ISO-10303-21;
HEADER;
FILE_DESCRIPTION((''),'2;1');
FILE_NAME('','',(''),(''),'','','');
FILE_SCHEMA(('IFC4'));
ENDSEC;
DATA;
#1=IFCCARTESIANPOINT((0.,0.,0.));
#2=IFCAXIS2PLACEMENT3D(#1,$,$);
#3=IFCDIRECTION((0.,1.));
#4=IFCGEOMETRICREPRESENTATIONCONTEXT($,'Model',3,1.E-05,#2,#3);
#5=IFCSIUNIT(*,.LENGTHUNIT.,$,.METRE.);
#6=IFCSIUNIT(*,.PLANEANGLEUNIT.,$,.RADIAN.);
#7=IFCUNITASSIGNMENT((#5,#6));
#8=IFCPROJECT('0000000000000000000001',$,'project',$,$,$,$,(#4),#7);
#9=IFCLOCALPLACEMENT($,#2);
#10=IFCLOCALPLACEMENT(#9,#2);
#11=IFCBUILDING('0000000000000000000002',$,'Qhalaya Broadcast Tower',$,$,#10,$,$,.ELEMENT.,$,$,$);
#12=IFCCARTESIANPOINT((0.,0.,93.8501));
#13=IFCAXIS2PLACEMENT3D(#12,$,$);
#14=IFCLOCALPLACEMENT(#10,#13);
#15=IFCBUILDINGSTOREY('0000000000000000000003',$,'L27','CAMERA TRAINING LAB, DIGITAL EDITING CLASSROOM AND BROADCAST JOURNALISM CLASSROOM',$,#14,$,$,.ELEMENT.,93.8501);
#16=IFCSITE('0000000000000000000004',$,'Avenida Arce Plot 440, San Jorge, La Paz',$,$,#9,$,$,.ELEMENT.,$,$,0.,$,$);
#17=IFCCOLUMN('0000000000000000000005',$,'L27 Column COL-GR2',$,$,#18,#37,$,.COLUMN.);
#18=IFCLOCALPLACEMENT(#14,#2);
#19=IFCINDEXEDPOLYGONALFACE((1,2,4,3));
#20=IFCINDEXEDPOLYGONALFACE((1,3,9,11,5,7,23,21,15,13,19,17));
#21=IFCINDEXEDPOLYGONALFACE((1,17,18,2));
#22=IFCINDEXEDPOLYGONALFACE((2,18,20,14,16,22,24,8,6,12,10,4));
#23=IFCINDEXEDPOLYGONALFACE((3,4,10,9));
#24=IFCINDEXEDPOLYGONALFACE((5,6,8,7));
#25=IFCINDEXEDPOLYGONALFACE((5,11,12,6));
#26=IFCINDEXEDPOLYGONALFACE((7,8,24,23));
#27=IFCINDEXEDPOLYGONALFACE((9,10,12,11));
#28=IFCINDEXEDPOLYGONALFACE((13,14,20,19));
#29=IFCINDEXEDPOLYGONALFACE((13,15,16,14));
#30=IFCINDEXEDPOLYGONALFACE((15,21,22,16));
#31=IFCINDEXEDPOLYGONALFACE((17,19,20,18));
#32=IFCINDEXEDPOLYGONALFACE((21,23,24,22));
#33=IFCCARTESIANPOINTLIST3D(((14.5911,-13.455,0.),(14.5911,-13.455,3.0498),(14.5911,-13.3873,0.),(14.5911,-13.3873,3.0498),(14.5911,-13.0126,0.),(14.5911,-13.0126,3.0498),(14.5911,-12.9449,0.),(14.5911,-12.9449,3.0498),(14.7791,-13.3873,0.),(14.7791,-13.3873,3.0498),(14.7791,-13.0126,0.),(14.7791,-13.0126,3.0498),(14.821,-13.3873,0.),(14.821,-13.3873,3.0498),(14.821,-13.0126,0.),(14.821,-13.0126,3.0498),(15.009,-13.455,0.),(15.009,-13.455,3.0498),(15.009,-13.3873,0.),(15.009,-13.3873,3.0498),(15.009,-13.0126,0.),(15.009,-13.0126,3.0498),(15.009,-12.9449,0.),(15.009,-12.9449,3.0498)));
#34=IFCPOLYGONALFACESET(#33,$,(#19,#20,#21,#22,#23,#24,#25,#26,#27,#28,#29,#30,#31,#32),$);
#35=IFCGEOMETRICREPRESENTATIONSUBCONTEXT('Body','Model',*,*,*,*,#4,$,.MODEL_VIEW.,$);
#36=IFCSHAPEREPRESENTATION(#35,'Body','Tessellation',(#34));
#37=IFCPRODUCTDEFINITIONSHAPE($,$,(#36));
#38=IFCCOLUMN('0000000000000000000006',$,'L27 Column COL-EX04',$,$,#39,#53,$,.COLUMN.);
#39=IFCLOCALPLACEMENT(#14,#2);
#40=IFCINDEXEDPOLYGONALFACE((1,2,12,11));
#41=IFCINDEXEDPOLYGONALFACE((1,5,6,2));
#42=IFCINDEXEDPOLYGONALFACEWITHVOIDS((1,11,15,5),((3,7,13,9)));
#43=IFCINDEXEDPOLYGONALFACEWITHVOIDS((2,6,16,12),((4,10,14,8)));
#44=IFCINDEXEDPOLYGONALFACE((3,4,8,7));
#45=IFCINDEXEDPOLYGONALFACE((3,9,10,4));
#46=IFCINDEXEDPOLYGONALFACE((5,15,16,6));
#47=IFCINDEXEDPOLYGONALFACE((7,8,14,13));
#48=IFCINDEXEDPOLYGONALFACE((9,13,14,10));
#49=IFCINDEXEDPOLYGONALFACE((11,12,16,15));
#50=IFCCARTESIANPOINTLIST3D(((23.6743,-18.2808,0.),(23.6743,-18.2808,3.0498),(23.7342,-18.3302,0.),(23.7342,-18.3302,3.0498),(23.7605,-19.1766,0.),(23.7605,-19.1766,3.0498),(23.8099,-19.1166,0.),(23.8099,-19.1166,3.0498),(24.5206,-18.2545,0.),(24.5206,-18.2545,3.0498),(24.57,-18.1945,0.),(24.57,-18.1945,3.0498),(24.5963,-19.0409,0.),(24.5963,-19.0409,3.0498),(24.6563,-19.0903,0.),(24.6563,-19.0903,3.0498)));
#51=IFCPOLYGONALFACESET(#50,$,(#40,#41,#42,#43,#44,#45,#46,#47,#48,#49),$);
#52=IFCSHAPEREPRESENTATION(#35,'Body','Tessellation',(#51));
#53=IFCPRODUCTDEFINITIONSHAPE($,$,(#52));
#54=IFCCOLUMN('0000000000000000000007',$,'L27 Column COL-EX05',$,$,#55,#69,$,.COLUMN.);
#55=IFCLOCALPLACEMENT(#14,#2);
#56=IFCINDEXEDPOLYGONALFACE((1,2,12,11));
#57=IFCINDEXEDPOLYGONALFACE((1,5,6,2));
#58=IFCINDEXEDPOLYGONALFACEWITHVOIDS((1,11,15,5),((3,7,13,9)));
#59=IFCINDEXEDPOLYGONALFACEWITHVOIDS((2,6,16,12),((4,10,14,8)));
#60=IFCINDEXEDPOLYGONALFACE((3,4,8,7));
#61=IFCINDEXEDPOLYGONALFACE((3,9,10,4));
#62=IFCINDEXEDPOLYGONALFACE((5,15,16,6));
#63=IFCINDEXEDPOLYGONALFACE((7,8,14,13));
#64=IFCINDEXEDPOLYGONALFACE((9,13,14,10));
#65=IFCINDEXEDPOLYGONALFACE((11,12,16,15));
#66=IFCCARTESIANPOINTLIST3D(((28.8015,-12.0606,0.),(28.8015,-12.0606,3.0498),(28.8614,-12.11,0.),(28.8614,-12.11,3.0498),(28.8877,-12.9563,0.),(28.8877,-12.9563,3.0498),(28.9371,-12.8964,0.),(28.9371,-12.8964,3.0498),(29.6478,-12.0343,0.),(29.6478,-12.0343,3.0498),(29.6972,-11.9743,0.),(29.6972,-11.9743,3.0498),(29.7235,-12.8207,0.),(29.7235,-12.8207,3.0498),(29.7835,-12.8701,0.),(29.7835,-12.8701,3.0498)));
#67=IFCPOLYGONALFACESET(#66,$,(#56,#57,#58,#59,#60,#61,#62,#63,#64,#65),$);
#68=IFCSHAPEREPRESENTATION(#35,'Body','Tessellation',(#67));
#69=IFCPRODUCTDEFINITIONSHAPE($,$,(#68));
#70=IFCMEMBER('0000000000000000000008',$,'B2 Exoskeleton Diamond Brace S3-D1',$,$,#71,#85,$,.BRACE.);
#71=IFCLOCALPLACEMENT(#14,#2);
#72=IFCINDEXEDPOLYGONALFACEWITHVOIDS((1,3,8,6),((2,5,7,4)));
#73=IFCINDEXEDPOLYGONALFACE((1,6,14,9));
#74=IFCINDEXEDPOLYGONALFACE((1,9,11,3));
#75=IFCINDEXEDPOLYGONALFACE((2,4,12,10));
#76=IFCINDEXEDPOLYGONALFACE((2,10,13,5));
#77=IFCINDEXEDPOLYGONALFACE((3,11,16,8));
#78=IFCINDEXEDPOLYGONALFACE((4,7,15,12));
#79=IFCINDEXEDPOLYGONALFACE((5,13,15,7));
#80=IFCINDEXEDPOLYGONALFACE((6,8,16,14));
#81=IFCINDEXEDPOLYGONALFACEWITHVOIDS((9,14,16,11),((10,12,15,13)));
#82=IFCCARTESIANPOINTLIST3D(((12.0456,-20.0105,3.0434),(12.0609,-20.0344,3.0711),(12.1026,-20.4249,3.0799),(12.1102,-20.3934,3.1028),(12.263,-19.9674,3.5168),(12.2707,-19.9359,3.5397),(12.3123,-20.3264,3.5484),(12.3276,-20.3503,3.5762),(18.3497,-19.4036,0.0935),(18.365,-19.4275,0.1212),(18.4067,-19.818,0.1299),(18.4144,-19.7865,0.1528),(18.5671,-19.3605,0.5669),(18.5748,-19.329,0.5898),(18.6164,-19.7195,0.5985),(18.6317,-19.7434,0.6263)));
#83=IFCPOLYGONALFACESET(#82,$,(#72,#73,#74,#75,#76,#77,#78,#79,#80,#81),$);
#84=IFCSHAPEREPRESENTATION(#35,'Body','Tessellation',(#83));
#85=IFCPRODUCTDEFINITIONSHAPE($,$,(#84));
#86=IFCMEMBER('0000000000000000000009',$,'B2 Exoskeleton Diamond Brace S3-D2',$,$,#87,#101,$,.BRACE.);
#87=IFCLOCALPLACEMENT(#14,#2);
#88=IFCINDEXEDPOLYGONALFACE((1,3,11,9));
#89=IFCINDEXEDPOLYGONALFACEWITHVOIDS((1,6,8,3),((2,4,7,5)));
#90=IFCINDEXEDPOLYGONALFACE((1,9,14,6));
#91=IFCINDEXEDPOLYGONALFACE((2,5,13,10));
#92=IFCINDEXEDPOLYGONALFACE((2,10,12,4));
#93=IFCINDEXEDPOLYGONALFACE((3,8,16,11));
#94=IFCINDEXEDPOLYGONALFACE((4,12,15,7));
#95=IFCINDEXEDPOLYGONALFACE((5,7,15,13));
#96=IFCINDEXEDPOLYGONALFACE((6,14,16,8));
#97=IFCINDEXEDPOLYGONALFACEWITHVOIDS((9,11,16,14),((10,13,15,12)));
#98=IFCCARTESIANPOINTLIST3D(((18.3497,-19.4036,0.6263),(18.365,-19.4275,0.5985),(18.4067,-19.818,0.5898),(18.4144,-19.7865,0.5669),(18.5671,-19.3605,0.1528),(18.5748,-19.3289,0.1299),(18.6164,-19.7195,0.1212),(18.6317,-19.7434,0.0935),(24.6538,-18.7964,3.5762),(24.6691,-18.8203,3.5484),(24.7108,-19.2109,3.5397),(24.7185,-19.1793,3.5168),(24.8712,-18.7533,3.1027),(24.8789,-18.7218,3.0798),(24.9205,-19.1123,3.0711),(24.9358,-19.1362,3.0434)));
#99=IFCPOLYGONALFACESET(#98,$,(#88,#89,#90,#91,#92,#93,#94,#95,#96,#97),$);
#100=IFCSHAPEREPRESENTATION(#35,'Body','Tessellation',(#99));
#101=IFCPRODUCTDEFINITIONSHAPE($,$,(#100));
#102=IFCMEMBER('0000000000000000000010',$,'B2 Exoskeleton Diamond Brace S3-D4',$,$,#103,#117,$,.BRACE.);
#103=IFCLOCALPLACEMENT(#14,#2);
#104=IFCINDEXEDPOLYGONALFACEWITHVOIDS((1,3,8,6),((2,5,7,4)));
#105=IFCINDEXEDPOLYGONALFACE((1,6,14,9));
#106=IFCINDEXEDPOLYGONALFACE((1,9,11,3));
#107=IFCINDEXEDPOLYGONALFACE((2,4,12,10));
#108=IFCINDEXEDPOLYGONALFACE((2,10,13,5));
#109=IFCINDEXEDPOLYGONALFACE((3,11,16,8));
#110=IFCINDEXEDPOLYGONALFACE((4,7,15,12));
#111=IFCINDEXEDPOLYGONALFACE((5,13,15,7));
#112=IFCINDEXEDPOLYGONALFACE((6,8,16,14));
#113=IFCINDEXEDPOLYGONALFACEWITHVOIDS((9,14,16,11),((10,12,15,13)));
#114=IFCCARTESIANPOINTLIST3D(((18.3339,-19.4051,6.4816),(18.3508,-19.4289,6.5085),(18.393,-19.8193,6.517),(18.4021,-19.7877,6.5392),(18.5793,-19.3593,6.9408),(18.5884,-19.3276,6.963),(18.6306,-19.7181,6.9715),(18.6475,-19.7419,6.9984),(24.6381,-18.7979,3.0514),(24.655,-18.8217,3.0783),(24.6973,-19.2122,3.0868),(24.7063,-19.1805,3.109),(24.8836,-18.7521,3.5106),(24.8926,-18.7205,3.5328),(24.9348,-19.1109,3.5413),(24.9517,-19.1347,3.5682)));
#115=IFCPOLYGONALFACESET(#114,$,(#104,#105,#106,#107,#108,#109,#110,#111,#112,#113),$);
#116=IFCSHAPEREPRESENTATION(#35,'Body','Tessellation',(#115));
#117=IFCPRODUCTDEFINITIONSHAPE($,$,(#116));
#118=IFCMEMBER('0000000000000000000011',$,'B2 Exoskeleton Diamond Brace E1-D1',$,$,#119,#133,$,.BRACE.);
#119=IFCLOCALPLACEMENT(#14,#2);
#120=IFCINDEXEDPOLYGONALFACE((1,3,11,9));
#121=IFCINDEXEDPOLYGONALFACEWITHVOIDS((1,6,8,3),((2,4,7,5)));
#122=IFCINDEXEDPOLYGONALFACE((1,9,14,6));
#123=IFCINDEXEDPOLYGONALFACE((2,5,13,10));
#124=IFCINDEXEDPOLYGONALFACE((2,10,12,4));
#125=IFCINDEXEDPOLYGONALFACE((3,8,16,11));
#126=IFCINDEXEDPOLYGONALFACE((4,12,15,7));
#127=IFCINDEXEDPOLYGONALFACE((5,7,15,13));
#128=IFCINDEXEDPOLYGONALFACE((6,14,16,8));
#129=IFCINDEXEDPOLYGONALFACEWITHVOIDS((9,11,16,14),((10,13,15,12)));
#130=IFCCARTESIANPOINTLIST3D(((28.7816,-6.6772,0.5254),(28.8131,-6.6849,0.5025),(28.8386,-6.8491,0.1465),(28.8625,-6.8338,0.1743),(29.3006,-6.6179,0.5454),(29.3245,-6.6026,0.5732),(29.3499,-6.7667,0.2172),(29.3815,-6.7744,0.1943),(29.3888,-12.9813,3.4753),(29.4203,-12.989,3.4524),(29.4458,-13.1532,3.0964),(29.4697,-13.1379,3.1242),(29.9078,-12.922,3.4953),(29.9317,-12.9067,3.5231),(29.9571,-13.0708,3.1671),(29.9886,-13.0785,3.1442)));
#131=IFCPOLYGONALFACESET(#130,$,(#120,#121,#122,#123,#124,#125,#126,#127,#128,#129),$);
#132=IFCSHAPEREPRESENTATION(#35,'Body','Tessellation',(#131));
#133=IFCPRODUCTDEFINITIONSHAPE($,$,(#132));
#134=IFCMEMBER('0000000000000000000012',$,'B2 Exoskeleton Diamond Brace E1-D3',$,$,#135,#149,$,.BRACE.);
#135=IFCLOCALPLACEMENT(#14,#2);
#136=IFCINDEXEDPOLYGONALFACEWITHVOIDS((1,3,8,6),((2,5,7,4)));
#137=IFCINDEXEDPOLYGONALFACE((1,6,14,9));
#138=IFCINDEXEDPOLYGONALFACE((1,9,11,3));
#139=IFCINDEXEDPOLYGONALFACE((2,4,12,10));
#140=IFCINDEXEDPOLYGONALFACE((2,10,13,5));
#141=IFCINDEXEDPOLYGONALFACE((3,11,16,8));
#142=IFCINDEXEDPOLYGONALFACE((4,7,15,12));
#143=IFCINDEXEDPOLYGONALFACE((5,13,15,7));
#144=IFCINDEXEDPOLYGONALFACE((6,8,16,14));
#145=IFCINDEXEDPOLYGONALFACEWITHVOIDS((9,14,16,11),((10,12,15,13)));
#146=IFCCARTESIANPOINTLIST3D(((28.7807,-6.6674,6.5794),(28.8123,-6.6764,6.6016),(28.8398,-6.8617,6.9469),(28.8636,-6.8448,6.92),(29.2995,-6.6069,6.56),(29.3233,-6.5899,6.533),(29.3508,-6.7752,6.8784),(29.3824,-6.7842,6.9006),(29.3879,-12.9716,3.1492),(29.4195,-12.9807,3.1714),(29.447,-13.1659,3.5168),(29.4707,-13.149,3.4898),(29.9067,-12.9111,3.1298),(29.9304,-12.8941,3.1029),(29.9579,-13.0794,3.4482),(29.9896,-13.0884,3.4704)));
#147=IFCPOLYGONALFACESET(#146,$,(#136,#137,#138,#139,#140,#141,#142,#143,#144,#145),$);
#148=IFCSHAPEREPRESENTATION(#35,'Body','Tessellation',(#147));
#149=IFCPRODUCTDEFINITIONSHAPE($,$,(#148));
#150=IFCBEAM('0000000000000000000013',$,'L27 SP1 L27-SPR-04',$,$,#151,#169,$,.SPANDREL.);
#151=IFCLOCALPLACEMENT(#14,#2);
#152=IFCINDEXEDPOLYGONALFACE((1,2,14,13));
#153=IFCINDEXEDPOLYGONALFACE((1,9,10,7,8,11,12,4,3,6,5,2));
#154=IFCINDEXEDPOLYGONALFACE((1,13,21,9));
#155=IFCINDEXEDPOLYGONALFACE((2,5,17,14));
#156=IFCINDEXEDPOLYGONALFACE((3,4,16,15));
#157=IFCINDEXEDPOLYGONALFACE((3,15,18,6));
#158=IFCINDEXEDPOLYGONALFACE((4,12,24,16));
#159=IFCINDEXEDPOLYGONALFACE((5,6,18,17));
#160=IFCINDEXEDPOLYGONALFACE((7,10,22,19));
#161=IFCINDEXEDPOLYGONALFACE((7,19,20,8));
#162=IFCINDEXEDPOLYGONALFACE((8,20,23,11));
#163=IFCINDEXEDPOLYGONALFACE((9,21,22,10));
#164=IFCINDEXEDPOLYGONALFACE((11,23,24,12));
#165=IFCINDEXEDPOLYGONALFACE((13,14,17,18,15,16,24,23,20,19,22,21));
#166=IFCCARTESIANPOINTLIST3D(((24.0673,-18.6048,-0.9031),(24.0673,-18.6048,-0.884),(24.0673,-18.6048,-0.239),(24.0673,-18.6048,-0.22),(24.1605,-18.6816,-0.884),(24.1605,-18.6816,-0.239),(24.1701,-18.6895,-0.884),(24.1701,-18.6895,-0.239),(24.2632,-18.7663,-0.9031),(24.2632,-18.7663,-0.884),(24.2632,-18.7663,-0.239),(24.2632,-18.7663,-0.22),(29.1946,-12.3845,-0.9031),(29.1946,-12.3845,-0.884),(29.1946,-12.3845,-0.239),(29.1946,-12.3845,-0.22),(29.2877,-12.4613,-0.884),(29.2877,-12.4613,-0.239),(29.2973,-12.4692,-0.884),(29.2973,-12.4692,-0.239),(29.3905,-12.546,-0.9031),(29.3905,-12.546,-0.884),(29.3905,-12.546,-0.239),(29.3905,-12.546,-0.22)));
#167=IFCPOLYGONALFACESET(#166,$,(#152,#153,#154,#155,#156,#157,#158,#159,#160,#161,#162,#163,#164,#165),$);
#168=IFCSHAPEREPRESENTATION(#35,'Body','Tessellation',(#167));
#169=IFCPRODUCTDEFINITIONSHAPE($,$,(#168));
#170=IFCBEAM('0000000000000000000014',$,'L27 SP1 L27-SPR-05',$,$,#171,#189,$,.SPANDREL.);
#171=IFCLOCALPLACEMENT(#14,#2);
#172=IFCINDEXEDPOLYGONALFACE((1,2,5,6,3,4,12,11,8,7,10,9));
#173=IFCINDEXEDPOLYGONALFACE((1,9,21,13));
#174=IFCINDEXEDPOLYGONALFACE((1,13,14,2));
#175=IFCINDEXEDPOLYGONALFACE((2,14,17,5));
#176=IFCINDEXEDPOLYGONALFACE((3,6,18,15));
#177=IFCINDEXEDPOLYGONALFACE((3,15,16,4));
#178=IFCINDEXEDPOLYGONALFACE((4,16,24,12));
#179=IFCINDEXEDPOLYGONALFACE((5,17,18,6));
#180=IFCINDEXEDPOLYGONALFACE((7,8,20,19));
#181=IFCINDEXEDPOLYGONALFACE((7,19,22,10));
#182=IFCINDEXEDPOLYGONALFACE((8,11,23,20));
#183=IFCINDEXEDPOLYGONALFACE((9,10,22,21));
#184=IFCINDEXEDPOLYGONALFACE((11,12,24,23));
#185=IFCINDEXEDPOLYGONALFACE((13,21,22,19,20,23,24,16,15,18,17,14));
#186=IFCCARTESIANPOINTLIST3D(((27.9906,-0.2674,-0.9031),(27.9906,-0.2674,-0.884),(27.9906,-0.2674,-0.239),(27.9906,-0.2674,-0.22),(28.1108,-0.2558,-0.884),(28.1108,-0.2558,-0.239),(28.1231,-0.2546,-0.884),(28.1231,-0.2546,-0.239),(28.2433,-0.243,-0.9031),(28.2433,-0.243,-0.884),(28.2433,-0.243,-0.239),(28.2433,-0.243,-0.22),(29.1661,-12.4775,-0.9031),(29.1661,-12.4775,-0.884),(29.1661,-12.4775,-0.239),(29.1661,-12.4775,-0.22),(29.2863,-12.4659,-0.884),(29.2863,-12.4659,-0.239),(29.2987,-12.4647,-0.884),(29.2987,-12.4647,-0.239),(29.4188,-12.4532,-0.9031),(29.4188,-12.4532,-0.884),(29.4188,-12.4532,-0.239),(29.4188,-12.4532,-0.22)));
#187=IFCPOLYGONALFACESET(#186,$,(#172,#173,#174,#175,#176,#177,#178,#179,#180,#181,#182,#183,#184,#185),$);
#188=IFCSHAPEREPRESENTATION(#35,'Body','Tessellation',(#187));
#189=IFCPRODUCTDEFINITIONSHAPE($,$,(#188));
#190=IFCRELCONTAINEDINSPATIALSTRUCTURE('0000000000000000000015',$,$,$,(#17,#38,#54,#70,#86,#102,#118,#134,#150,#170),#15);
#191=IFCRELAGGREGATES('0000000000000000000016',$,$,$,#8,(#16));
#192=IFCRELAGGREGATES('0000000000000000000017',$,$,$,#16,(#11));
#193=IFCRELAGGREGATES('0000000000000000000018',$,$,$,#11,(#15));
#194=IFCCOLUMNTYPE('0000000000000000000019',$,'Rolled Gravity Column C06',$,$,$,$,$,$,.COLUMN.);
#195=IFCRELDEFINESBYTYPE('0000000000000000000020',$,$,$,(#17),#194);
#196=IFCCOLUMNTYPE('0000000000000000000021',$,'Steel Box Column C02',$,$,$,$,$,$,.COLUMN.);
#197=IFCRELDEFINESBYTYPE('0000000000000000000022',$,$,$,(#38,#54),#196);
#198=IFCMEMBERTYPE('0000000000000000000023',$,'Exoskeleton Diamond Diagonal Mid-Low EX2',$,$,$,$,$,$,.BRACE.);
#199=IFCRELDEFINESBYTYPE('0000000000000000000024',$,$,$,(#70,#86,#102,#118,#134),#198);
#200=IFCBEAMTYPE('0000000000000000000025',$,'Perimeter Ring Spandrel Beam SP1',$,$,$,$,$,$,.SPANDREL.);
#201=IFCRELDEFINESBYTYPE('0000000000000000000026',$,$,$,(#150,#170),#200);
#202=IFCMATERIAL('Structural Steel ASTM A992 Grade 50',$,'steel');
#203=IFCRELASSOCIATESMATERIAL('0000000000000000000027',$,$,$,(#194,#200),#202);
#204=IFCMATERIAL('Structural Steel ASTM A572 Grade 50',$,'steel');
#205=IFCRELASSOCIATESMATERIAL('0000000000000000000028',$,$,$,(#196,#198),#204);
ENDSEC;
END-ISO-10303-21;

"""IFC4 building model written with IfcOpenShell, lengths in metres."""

from ifc_helpers import new_model, si_unit, direction, frame, origin, origin_2d, place, context, subcontext, project, spatial, hollow_rectangle, i_section, extrude, material, material_profile, profile_set, type_object, element, save


model = new_model("IFC4")

# Units and contexts
model_context = context("Model", 3, precision=1e-05, world=origin(), true_north=direction((0.0, 1.0)))
body_context = subcontext(model_context, "Body", "Model", "MODEL_VIEW")
ifc_project = project(units=[si_unit("LENGTHUNIT", "METRE"), si_unit("PLANEANGLEUNIT", "RADIAN")], contexts=[model_context])

# Site, building, storey
site_placement = place(None, origin())
site = spatial("IfcSite", under=ifc_project, at=site_placement, Name="Avenida Arce Plot 440, San Jorge, La Paz", CompositionType="ELEMENT", RefElevation=0.0)
building_placement = place(site_placement, origin())
building = spatial("IfcBuilding", under=site, at=building_placement, Name="Qhalaya Broadcast Tower", CompositionType="ELEMENT")
storey_placement = place(building_placement, frame((0.0, 0.0, 93.8501)))
storey = spatial("IfcBuildingStorey", under=building, at=storey_placement, Name="L27", Description="CAMERA TRAINING LAB, DIGITAL EDITING CLASSROOM AND BROADCAST JOURNALISM CLASSROOM", CompositionType="ELEMENT", Elevation=93.8501)

# Columns
ifc_material_1 = material(Name="Structural Steel ASTM A992 Grade 50", Category="steel")
ifc_material_profile_1 = material_profile(ifc_material_1, i_section(OverallWidth=0.418, OverallDepth=0.51, WebThickness=0.042, FlangeThickness=0.0676, at=origin_2d()), Name="W14X370")
ifc_profile_set_1 = profile_set([ifc_material_profile_1], Name="Structural Steel ASTM A992 Grade 50")
column_type_1 = type_object("IfcColumnType", Name="Rolled Gravity Column C06", PredefinedType="COLUMN", material=ifc_profile_set_1)
column_placement = place(storey_placement, frame((14.8, -13.2, 0.0), z_axis=(0.0, 0.0, 1.0), x_axis=(1.0, 0.0, 0.0)))
element("IfcColumn", 1, at=column_placement, inside=storey, type_object=column_type_1, Name="L27 Column COL-GR2", PredefinedType="COLUMN", context=body_context, shape_type="SweptSolid", body=[
    extrude(i_section(OverallWidth=0.418, OverallDepth=0.51, WebThickness=0.042, FlangeThickness=0.0676, at=origin_2d()), origin(), (0.0, 0.0, 1.0), 3.0498),
])
ifc_material_2 = material(Name="Structural Steel ASTM A572 Grade 50", Category="steel")
ifc_material_profile_2 = material_profile(ifc_material_2, hollow_rectangle(XDim=0.8999, YDim=0.8999, WallThickness=0.0549, at=origin_2d()), Name="BOX 900x900x55")
ifc_profile_set_2 = profile_set([ifc_material_profile_2], Name="Structural Steel ASTM A572 Grade 50")
column_type_2 = type_object("IfcColumnType", Name="Steel Box Column C02", PredefinedType="COLUMN", material=ifc_profile_set_2)
for number, where, z_axis, x_axis, name in (
    (2, (24.1653, -18.6855, 0.0), (0.0, 0.0, 1.0), (0.995396, 0.095846, 0.0), "L27 Column COL-EX04"),
    (3, (29.2925, -12.4653, 0.0), (0.0, 0.0, 1.0), (-0.095846, 0.995396, 0.0), "L27 Column COL-EX05"),
):
    element("IfcColumn", number, at=place(storey_placement, frame(where, z_axis=z_axis, x_axis=x_axis)), inside=storey, type_object=column_type_2, Name=name, PredefinedType="COLUMN", context=body_context, shape_type="SweptSolid", body=[
        extrude(hollow_rectangle(XDim=0.8999, YDim=0.8999, WallThickness=0.0549, at=origin_2d()), origin(), (0.0, 0.0, 1.0), 3.0498),
    ])

# Members
ifc_material_profile_3 = material_profile(ifc_material_2, hollow_rectangle(XDim=0.4199, YDim=0.55, WallThickness=0.0281, at=origin_2d()), Name="BOX 420x550x28")
ifc_profile_set_3 = profile_set([ifc_material_profile_3], Name="Structural Steel ASTM A572 Grade 50")
member_type = type_object("IfcMemberType", Name="Exoskeleton Diamond Diagonal Mid-Low EX2", PredefinedType="BRACE", material=ifc_profile_set_3)
for number, where, z_axis, x_axis, name in (
    (4, (18.4907, -19.5735, 0.3599), (-0.902319, -0.08687, 0.422226), (0.135673, -0.986937, 0.086883), "B2 Exoskeleton Diamond Brace S3-D1"),
    (5, (18.4907, -19.5735, 0.3599), (0.902316, 0.086905, 0.422225), (-0.13571, 0.986932, 0.086883), "B2 Exoskeleton Diamond Brace S3-D2"),
):
    element("IfcMember", number, at=place(storey_placement, frame(where, z_axis=z_axis, x_axis=x_axis)), inside=storey, type_object=member_type, Name=name, PredefinedType="BRACE", context=body_context, shape_type="SweptSolid", body=[
        extrude(hollow_rectangle(XDim=0.4199, YDim=0.55, WallThickness=0.0281, at=origin_2d()), origin(), (0.0, 0.0, 1.0), 6.9866),
    ])
member_1_placement = place(storey_placement, frame((24.7949, -18.9663, 3.3098), z_axis=(-0.875265, -0.0843, 0.47624), x_axis=(0.140864, -0.986435, 0.084279)))
element("IfcMember", 6, at=member_1_placement, inside=storey, type_object=member_type, Name="B2 Exoskeleton Diamond Brace S3-D4", PredefinedType="BRACE", context=body_context, shape_type="SweptSolid", body=[
    extrude(hollow_rectangle(XDim=0.4199, YDim=0.55, WallThickness=0.0281, at=origin_2d()), origin(), (0.0, 0.0, 1.0), 7.2026),
])
member_2_placement = place(storey_placement, frame((29.0815, -6.7258, 0.3599), z_axis=(0.086905, -0.902316, 0.422225), x_axis=(-0.135696, 0.409156, 0.902318)))
element("IfcMember", 7, at=member_2_placement, inside=storey, type_object=member_type, Name="B2 Exoskeleton Diamond Brace E1-D1", PredefinedType="BRACE", context=body_context, shape_type="SweptSolid", body=[
    extrude(hollow_rectangle(XDim=0.4199, YDim=0.55, WallThickness=0.0281, at=origin_2d()), origin(), (0.0, 0.0, 1.0), 6.9866),
])
member_3_placement = place(storey_placement, frame((29.6887, -13.03, 3.3098), z_axis=(-0.0843, 0.875265, 0.47624), x_axis=(0.140851, -0.462675, 0.875267)))
element("IfcMember", 8, at=member_3_placement, inside=storey, type_object=member_type, Name="B2 Exoskeleton Diamond Brace E1-D3", PredefinedType="BRACE", context=body_context, shape_type="SweptSolid", body=[
    extrude(hollow_rectangle(XDim=0.4199, YDim=0.55, WallThickness=0.0281, at=origin_2d()), origin(), (0.0, 0.0, 1.0), 7.2026),
])

# Beams
ifc_material_profile_4 = material_profile(ifc_material_1, i_section(OverallWidth=0.2539, OverallDepth=0.6831, WebThickness=0.0125, FlangeThickness=0.019, at=origin_2d()), Name="W27X94")
ifc_profile_set_4 = profile_set([ifc_material_profile_4], Name="Structural Steel ASTM A992 Grade 50")
beam_type = type_object("IfcBeamType", Name="Perimeter Ring Spandrel Beam SP1", PredefinedType="SPANDREL", material=ifc_profile_set_4)
beam_1_placement = place(storey_placement, frame((24.1653, -18.6855, -0.5615), z_axis=(0.636052, 0.771646, 0.0), x_axis=(-0.771646, 0.636052, 0.0)))
element("IfcBeam", 9, at=beam_1_placement, inside=storey, type_object=beam_type, Name="L27 SP1 L27-SPR-04", PredefinedType="SPANDREL", context=body_context, shape_type="SweptSolid", body=[
    extrude(i_section(OverallWidth=0.2539, OverallDepth=0.6831, WebThickness=0.0125, FlangeThickness=0.019, at=origin_2d()), origin(), (0.0, 0.0, 1.0), 8.061),
])
beam_2_placement = place(storey_placement, frame((29.2925, -12.4653, -0.5615), z_axis=(-0.095832, 0.995398, 0.0), x_axis=(-0.995398, -0.095832, 0.0)))
element("IfcBeam", 10, at=beam_2_placement, inside=storey, type_object=beam_type, Name="L27 SP1 L27-SPR-05", PredefinedType="SPANDREL", context=body_context, shape_type="SweptSolid", body=[
    extrude(i_section(OverallWidth=0.2539, OverallDepth=0.6831, WebThickness=0.0125, FlangeThickness=0.019, at=origin_2d()), origin(), (0.0, 0.0, 1.0), 12.2666),
])

save(model, "model.ifc")
